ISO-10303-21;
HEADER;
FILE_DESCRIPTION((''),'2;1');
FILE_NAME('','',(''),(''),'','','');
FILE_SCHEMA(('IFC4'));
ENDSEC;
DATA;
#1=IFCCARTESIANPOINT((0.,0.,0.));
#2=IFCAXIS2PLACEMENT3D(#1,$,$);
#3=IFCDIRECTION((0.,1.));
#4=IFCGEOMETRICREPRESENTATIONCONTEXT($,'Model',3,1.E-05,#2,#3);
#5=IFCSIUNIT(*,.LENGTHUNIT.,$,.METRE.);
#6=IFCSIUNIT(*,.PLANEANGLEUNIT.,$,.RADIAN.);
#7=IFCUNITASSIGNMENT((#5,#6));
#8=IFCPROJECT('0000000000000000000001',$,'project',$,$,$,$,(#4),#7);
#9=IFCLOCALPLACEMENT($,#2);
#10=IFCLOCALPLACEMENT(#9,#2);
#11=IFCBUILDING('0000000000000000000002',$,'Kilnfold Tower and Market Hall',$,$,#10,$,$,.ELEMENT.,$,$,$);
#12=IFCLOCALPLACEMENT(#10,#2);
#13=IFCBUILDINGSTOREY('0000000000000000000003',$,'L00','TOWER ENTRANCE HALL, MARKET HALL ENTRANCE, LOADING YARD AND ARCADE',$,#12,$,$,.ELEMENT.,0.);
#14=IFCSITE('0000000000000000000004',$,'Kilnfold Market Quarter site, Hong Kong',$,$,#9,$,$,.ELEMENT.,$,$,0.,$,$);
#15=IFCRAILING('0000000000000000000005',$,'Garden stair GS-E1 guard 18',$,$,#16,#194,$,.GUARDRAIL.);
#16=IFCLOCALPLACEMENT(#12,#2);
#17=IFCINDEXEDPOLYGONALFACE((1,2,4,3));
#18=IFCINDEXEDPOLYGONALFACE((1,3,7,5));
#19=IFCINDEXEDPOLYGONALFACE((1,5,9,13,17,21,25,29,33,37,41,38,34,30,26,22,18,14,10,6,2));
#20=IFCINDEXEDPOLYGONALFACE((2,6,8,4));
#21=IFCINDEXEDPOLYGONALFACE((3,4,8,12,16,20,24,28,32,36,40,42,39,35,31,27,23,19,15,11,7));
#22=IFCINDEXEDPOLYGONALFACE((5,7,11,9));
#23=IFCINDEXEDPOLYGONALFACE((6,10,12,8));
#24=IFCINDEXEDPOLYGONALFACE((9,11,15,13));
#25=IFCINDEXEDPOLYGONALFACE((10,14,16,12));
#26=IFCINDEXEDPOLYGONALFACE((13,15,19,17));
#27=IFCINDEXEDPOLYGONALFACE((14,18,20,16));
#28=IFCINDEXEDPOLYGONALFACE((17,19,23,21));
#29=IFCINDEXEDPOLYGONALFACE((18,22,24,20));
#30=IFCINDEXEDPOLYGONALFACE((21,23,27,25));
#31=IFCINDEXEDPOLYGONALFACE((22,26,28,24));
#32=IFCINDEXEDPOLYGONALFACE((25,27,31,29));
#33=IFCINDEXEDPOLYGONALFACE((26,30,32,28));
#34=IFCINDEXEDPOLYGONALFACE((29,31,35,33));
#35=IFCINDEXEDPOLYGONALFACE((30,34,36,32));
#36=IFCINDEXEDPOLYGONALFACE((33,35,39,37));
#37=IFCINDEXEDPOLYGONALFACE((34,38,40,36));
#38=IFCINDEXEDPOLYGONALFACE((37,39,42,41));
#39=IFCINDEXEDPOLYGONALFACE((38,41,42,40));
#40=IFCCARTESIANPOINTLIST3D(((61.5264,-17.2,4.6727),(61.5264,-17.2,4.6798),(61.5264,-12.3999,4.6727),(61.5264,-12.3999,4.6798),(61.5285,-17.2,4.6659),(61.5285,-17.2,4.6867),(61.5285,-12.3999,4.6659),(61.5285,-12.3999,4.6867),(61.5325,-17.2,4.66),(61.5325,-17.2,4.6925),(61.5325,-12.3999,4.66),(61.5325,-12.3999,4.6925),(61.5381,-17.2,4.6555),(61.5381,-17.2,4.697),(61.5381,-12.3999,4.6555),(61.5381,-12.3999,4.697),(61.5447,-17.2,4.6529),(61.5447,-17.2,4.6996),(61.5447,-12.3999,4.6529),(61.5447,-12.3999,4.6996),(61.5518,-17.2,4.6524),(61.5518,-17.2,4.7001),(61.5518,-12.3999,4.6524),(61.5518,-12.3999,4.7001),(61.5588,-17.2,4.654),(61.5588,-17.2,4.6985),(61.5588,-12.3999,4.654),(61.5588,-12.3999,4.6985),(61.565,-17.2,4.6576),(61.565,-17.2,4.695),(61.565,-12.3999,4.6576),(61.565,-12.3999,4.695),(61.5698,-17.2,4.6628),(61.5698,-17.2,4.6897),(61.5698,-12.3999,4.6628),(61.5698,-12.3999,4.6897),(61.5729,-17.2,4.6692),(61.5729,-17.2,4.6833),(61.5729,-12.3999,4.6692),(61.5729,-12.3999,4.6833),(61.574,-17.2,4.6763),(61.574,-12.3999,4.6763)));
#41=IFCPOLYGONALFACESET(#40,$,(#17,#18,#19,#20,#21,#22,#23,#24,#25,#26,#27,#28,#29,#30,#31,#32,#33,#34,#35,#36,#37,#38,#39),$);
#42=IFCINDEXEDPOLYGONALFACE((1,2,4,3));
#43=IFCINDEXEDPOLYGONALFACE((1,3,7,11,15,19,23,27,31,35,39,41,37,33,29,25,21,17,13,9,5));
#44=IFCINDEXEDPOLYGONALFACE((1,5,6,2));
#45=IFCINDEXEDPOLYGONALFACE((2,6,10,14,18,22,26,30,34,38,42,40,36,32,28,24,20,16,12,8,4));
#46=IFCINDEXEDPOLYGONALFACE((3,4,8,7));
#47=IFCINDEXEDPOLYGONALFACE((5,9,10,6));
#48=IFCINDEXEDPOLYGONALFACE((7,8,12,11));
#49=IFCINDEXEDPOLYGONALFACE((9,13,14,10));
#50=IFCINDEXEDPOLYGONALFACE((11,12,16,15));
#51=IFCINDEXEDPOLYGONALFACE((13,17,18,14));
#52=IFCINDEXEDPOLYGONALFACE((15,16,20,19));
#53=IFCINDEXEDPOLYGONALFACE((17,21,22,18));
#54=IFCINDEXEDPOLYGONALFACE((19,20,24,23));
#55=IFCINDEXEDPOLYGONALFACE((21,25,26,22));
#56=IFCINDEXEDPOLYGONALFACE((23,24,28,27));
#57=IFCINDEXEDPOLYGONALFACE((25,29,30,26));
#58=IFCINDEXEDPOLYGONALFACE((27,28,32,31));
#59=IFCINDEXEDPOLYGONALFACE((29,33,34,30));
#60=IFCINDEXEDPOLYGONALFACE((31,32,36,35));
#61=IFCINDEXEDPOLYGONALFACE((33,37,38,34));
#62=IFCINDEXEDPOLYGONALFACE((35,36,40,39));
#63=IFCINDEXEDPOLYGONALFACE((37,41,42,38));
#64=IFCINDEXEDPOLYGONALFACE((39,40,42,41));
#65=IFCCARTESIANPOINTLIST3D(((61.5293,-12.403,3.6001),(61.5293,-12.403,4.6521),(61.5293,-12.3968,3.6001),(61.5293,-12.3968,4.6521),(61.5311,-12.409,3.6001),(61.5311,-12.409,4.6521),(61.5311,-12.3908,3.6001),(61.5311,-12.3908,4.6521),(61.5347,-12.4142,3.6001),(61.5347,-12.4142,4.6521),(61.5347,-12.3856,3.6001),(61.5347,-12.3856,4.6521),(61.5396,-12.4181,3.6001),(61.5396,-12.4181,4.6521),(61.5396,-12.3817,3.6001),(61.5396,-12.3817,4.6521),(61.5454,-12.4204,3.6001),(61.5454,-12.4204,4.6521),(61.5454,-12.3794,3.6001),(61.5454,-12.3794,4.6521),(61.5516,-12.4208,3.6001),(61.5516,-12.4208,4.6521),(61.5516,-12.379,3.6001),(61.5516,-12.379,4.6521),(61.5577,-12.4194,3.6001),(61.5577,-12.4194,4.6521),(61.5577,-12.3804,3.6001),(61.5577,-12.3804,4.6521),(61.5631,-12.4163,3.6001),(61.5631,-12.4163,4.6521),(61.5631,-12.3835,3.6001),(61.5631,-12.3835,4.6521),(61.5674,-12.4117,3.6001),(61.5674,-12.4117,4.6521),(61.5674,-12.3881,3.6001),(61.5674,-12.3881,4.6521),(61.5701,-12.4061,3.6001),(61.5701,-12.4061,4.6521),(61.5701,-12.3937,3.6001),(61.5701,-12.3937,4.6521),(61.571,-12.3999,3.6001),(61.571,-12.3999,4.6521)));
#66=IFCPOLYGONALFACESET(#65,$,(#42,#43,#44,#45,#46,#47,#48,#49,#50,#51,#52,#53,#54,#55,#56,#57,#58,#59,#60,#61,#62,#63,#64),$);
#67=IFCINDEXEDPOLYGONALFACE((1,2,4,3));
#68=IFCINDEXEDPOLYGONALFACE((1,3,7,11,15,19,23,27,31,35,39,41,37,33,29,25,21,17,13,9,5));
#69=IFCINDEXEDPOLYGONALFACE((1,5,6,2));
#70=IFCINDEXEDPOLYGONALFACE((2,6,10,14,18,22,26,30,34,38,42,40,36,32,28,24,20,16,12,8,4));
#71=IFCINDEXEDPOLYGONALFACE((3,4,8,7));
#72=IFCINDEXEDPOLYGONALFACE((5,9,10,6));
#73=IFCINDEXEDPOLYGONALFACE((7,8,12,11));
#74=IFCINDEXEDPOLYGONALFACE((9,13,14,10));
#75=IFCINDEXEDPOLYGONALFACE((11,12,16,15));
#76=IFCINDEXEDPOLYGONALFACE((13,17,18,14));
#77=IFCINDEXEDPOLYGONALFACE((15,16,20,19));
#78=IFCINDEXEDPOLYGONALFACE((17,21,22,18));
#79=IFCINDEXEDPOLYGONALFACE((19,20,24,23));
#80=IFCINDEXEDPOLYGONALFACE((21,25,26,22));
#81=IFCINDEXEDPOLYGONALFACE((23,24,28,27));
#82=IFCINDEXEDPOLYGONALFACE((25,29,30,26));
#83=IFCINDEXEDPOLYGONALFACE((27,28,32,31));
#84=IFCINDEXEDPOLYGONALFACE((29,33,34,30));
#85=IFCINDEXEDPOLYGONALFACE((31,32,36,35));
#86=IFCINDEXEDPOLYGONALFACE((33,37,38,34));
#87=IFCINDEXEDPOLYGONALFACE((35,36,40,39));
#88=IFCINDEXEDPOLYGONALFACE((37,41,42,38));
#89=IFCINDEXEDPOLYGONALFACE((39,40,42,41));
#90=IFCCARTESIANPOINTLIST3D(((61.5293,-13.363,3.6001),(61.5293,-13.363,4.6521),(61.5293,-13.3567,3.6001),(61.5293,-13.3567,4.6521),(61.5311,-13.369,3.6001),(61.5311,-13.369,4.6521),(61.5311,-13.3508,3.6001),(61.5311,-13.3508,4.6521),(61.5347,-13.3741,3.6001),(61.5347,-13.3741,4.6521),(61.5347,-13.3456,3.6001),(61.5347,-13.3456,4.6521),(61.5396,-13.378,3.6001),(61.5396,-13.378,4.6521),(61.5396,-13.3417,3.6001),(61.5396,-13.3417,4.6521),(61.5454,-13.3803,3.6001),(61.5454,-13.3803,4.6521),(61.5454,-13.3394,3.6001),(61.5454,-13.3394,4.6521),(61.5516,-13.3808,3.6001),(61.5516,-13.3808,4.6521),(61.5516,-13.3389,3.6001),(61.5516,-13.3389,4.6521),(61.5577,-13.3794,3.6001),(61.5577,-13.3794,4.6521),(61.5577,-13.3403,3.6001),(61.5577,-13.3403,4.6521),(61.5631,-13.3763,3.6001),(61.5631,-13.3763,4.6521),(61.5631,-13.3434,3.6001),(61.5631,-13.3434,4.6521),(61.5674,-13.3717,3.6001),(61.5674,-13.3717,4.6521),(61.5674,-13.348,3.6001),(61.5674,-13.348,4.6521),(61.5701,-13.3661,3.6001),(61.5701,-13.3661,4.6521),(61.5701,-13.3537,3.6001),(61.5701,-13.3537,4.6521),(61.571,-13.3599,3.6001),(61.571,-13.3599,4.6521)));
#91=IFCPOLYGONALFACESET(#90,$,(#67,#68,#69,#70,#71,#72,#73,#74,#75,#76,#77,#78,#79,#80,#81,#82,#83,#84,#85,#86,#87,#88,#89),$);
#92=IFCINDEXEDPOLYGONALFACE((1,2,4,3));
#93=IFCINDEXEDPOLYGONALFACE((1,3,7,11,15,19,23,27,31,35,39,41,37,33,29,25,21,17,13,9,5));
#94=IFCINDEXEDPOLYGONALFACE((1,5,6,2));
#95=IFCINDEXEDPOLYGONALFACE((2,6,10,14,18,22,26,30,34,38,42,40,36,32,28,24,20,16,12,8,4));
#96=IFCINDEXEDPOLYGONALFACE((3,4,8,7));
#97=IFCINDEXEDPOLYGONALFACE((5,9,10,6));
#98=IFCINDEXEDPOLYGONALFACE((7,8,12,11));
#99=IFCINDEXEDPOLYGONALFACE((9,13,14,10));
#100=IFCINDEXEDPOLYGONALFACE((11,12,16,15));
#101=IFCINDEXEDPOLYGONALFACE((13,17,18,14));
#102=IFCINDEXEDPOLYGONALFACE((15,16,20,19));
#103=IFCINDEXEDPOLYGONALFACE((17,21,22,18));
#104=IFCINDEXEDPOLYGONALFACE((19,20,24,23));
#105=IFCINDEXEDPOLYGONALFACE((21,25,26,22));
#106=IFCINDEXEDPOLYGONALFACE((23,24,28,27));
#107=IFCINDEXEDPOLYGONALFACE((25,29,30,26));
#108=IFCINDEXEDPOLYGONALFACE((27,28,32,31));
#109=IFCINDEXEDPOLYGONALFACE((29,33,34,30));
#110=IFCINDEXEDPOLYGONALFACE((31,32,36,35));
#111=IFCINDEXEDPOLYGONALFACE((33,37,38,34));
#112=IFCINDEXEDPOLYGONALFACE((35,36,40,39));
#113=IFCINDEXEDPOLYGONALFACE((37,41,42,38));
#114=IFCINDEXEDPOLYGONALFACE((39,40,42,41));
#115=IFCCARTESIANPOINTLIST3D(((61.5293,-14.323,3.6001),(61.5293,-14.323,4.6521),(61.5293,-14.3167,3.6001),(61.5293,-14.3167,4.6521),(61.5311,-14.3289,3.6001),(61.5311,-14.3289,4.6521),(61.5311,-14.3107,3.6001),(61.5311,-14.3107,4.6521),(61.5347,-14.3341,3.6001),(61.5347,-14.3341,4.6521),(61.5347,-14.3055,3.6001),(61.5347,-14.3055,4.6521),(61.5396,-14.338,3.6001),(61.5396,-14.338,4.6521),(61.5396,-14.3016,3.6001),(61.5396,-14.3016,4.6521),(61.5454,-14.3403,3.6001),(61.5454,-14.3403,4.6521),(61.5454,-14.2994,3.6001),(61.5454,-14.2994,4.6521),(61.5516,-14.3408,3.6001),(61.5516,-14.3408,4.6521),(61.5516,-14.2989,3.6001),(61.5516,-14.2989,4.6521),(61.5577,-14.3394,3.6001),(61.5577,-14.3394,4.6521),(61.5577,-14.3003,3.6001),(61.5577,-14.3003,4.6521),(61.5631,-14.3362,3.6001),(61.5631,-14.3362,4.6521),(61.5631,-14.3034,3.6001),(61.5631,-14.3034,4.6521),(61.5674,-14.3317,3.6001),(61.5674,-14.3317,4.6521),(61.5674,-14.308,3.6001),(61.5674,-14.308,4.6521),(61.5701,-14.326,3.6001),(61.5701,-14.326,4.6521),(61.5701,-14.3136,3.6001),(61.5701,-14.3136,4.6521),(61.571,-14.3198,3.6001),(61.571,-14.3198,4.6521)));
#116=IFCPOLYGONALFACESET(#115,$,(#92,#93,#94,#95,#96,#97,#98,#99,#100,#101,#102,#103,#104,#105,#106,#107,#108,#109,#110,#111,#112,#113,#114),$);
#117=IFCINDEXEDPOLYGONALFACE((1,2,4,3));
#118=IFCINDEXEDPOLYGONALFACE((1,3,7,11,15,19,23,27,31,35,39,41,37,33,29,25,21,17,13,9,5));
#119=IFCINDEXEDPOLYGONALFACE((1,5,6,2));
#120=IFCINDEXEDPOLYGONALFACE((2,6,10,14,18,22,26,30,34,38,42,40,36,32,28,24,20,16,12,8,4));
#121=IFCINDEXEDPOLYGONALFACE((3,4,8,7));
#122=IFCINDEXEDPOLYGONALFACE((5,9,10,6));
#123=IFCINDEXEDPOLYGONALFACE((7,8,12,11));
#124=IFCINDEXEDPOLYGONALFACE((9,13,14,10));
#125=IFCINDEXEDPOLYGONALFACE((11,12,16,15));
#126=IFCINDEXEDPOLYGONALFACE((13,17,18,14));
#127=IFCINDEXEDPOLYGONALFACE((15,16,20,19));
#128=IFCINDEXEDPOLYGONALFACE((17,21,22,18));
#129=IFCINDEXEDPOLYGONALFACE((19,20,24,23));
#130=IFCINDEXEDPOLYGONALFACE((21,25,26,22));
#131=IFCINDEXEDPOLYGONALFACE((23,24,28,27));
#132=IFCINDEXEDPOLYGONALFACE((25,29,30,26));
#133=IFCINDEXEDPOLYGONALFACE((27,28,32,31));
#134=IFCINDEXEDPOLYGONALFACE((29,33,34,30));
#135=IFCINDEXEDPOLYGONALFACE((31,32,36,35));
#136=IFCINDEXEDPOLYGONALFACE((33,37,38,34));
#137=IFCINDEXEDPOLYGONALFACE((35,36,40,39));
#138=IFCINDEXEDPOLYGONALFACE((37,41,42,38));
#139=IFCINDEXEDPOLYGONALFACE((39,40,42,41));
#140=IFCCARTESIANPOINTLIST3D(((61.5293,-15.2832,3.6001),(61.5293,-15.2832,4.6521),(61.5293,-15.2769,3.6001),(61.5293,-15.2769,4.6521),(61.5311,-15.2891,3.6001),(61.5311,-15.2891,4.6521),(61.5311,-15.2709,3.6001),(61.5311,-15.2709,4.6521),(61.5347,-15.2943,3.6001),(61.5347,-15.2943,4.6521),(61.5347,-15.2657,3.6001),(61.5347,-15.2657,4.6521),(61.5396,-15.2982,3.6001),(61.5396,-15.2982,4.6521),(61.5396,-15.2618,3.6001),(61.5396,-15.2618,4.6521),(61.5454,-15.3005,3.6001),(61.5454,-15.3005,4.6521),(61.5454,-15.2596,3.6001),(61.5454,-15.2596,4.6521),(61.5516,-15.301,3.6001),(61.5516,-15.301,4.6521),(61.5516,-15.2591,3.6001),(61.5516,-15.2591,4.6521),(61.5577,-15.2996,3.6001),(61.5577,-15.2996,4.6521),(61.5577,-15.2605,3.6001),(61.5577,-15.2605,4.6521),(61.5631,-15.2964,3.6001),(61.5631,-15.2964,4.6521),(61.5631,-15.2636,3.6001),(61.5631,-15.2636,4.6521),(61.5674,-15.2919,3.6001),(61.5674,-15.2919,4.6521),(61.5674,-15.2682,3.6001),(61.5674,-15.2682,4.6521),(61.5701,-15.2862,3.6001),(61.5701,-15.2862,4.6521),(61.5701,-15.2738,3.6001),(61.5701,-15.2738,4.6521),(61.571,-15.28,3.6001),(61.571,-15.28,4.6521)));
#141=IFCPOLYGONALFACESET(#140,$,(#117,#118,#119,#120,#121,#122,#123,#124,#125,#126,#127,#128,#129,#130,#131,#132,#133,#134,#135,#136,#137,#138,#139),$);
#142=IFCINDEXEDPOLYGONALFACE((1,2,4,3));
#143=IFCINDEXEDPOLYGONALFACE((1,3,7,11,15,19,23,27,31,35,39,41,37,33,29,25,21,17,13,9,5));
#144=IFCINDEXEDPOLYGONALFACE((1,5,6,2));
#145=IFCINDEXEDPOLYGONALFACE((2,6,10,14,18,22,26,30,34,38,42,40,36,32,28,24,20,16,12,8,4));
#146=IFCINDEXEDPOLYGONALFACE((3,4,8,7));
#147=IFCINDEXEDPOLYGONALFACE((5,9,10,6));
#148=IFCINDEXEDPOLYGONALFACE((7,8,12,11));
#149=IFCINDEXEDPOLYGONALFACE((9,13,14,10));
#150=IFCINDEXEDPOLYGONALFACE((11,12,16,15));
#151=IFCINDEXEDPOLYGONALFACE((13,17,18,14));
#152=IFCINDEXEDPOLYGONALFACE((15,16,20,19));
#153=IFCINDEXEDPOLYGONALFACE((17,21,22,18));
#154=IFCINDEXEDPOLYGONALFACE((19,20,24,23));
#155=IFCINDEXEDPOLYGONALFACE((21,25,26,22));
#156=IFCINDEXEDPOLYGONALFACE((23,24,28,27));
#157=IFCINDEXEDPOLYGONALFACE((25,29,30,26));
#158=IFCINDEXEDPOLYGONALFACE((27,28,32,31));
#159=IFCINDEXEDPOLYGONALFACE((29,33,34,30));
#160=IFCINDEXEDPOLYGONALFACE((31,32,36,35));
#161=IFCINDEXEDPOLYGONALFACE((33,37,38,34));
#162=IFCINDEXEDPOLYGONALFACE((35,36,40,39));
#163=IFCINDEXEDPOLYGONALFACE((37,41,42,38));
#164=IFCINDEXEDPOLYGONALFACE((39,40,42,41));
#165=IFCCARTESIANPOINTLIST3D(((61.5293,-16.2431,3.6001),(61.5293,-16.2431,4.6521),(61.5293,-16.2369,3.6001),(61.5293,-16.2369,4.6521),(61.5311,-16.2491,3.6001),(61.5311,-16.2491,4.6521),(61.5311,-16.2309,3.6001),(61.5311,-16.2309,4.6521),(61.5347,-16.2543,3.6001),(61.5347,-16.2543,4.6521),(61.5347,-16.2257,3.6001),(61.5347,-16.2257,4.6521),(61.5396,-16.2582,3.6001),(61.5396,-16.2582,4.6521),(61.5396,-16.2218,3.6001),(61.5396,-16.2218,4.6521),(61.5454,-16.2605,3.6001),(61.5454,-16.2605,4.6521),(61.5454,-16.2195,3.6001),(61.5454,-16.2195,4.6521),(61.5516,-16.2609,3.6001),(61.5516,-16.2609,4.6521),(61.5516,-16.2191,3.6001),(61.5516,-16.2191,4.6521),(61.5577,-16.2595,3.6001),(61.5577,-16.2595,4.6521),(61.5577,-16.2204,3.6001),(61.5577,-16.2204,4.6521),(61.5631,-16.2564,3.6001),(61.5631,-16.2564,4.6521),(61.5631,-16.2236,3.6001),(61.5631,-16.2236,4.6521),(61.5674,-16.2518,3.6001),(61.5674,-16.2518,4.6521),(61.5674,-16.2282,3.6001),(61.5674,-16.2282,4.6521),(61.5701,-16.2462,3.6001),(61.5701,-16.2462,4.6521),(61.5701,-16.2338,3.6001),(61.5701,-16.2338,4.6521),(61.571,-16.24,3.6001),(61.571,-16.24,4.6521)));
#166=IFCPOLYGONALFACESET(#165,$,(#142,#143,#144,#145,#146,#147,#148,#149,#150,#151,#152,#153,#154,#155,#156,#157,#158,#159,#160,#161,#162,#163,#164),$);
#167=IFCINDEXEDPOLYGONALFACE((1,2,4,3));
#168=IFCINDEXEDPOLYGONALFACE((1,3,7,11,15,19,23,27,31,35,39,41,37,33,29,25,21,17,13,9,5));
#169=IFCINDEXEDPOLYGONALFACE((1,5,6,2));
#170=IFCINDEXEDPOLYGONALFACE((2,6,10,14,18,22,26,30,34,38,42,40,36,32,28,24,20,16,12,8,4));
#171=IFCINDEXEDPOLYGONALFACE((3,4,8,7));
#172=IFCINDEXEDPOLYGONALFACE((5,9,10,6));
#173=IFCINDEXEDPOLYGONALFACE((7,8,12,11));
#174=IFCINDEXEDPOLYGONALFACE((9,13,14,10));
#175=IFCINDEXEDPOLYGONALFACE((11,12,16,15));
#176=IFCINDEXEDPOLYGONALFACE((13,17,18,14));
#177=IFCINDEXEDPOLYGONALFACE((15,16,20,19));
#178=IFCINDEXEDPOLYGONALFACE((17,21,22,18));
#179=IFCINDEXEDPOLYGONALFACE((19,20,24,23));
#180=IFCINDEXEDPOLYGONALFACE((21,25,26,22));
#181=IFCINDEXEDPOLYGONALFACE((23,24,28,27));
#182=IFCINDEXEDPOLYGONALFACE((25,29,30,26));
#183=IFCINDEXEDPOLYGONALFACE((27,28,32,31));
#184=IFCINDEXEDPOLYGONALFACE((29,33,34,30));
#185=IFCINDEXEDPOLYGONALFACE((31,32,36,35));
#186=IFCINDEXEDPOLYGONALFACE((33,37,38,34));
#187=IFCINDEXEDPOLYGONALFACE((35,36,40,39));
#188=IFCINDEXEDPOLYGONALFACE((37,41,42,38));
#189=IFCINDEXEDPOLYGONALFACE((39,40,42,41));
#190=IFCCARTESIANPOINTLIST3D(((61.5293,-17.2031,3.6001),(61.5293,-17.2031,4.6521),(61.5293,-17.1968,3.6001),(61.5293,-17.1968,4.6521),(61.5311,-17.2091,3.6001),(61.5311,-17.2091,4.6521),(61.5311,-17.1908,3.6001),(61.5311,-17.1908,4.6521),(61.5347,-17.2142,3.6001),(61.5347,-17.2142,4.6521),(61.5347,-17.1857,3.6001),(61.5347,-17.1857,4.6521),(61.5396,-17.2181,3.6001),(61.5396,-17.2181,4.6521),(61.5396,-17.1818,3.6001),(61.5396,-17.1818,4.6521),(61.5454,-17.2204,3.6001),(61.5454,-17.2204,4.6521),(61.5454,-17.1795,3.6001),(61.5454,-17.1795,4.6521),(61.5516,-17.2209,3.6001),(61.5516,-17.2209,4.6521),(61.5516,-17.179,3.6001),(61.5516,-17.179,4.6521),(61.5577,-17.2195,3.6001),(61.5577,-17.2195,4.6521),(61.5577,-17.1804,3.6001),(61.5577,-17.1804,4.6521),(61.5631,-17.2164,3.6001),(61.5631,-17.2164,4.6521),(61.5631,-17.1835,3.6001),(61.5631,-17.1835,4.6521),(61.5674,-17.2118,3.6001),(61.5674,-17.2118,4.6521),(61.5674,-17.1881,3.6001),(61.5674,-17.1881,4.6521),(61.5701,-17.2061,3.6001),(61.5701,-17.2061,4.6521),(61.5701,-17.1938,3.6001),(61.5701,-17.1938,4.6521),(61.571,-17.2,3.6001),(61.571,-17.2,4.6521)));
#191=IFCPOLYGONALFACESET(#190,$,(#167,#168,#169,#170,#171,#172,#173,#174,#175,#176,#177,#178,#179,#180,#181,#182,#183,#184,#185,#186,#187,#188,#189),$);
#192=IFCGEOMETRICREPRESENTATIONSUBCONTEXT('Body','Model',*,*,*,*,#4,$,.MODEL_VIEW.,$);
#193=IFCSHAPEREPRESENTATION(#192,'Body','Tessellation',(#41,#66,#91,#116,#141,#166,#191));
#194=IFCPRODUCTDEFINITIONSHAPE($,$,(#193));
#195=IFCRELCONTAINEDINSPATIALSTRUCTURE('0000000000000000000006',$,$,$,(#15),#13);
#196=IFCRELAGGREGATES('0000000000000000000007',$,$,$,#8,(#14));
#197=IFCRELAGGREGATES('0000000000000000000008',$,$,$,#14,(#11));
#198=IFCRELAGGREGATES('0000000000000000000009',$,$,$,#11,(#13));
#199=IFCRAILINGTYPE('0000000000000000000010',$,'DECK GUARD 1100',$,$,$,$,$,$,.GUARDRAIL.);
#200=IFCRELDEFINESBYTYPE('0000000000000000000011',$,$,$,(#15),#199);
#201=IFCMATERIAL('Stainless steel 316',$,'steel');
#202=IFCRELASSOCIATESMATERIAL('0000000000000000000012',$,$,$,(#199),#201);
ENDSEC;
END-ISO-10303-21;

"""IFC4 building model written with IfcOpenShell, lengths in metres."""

from ifc_helpers import new_model, si_unit, direction, frame, origin, origin_2d, place, context, subcontext, project, spatial, circle, extrude, material, type_object, element, save


model = new_model("IFC4")

# Units and contexts
model_context = context("Model", 3, precision=1e-05, world=origin(), true_north=direction((0.0, 1.0)))
body_context = subcontext(model_context, "Body", "Model", "MODEL_VIEW")
ifc_project = project(units=[si_unit("LENGTHUNIT", "METRE"), si_unit("PLANEANGLEUNIT", "RADIAN")], contexts=[model_context])

# Site, building, storey
site_placement = place(None, origin())
site = spatial("IfcSite", under=ifc_project, at=site_placement, Name="Kilnfold Market Quarter site, Hong Kong", CompositionType="ELEMENT", RefElevation=0.0)
building_placement = place(site_placement, origin())
building = spatial("IfcBuilding", under=site, at=building_placement, Name="Kilnfold Tower and Market Hall", CompositionType="ELEMENT")
storey_placement = place(building_placement, origin())
storey = spatial("IfcBuildingStorey", under=building, at=storey_placement, Name="L00", Description="TOWER ENTRANCE HALL, MARKET HALL ENTRANCE, LOADING YARD AND ARCADE", CompositionType="ELEMENT", Elevation=0.0)

# Railing
ifc_material_1 = material(Name="Stainless steel 316", Category="steel")
railing_type_1 = type_object("IfcRailingType", Name="DECK GUARD 1100", PredefinedType="GUARDRAIL", material=ifc_material_1)
railing_1_placement = place(storey_placement, frame((61.55, -12.3999, 3.6001)))
element("IfcRailing", 1, at=railing_1_placement, inside=storey, type_object=railing_type_1, Name="Garden stair GS-E1 guard 18", PredefinedType="GUARDRAIL", context=body_context, shape_type="SweptSolid", body=[
    extrude(circle(Radius=0.0239, at=origin_2d()), frame((0.0, 0.0, 1.0762), z_axis=(0.0, -1.0, 0.0), x_axis=(1.0, 0.0, 0.0)), (0.0, 0.0, 1.0), 4.8),
    extrude(circle(Radius=0.021, at=origin_2d()), origin(), (0.0, 0.0, 1.0), 1.052),
    extrude(circle(Radius=0.021, at=origin_2d()), frame((0.0, -0.96, 0.0)), (0.0, 0.0, 1.0), 1.052),
    extrude(circle(Radius=0.021, at=origin_2d()), frame((0.0, -1.9199, 0.0)), (0.0, 0.0, 1.0), 1.052),
    extrude(circle(Radius=0.021, at=origin_2d()), frame((0.0, -2.8801, 0.0)), (0.0, 0.0, 1.0), 1.052),
    extrude(circle(Radius=0.021, at=origin_2d()), frame((0.0, -3.8401, 0.0)), (0.0, 0.0, 1.0), 1.052),
    extrude(circle(Radius=0.021, at=origin_2d()), frame((0.0, -4.8, 0.0)), (0.0, 0.0, 1.0), 1.052),
])

save(model, "model.ifc")
